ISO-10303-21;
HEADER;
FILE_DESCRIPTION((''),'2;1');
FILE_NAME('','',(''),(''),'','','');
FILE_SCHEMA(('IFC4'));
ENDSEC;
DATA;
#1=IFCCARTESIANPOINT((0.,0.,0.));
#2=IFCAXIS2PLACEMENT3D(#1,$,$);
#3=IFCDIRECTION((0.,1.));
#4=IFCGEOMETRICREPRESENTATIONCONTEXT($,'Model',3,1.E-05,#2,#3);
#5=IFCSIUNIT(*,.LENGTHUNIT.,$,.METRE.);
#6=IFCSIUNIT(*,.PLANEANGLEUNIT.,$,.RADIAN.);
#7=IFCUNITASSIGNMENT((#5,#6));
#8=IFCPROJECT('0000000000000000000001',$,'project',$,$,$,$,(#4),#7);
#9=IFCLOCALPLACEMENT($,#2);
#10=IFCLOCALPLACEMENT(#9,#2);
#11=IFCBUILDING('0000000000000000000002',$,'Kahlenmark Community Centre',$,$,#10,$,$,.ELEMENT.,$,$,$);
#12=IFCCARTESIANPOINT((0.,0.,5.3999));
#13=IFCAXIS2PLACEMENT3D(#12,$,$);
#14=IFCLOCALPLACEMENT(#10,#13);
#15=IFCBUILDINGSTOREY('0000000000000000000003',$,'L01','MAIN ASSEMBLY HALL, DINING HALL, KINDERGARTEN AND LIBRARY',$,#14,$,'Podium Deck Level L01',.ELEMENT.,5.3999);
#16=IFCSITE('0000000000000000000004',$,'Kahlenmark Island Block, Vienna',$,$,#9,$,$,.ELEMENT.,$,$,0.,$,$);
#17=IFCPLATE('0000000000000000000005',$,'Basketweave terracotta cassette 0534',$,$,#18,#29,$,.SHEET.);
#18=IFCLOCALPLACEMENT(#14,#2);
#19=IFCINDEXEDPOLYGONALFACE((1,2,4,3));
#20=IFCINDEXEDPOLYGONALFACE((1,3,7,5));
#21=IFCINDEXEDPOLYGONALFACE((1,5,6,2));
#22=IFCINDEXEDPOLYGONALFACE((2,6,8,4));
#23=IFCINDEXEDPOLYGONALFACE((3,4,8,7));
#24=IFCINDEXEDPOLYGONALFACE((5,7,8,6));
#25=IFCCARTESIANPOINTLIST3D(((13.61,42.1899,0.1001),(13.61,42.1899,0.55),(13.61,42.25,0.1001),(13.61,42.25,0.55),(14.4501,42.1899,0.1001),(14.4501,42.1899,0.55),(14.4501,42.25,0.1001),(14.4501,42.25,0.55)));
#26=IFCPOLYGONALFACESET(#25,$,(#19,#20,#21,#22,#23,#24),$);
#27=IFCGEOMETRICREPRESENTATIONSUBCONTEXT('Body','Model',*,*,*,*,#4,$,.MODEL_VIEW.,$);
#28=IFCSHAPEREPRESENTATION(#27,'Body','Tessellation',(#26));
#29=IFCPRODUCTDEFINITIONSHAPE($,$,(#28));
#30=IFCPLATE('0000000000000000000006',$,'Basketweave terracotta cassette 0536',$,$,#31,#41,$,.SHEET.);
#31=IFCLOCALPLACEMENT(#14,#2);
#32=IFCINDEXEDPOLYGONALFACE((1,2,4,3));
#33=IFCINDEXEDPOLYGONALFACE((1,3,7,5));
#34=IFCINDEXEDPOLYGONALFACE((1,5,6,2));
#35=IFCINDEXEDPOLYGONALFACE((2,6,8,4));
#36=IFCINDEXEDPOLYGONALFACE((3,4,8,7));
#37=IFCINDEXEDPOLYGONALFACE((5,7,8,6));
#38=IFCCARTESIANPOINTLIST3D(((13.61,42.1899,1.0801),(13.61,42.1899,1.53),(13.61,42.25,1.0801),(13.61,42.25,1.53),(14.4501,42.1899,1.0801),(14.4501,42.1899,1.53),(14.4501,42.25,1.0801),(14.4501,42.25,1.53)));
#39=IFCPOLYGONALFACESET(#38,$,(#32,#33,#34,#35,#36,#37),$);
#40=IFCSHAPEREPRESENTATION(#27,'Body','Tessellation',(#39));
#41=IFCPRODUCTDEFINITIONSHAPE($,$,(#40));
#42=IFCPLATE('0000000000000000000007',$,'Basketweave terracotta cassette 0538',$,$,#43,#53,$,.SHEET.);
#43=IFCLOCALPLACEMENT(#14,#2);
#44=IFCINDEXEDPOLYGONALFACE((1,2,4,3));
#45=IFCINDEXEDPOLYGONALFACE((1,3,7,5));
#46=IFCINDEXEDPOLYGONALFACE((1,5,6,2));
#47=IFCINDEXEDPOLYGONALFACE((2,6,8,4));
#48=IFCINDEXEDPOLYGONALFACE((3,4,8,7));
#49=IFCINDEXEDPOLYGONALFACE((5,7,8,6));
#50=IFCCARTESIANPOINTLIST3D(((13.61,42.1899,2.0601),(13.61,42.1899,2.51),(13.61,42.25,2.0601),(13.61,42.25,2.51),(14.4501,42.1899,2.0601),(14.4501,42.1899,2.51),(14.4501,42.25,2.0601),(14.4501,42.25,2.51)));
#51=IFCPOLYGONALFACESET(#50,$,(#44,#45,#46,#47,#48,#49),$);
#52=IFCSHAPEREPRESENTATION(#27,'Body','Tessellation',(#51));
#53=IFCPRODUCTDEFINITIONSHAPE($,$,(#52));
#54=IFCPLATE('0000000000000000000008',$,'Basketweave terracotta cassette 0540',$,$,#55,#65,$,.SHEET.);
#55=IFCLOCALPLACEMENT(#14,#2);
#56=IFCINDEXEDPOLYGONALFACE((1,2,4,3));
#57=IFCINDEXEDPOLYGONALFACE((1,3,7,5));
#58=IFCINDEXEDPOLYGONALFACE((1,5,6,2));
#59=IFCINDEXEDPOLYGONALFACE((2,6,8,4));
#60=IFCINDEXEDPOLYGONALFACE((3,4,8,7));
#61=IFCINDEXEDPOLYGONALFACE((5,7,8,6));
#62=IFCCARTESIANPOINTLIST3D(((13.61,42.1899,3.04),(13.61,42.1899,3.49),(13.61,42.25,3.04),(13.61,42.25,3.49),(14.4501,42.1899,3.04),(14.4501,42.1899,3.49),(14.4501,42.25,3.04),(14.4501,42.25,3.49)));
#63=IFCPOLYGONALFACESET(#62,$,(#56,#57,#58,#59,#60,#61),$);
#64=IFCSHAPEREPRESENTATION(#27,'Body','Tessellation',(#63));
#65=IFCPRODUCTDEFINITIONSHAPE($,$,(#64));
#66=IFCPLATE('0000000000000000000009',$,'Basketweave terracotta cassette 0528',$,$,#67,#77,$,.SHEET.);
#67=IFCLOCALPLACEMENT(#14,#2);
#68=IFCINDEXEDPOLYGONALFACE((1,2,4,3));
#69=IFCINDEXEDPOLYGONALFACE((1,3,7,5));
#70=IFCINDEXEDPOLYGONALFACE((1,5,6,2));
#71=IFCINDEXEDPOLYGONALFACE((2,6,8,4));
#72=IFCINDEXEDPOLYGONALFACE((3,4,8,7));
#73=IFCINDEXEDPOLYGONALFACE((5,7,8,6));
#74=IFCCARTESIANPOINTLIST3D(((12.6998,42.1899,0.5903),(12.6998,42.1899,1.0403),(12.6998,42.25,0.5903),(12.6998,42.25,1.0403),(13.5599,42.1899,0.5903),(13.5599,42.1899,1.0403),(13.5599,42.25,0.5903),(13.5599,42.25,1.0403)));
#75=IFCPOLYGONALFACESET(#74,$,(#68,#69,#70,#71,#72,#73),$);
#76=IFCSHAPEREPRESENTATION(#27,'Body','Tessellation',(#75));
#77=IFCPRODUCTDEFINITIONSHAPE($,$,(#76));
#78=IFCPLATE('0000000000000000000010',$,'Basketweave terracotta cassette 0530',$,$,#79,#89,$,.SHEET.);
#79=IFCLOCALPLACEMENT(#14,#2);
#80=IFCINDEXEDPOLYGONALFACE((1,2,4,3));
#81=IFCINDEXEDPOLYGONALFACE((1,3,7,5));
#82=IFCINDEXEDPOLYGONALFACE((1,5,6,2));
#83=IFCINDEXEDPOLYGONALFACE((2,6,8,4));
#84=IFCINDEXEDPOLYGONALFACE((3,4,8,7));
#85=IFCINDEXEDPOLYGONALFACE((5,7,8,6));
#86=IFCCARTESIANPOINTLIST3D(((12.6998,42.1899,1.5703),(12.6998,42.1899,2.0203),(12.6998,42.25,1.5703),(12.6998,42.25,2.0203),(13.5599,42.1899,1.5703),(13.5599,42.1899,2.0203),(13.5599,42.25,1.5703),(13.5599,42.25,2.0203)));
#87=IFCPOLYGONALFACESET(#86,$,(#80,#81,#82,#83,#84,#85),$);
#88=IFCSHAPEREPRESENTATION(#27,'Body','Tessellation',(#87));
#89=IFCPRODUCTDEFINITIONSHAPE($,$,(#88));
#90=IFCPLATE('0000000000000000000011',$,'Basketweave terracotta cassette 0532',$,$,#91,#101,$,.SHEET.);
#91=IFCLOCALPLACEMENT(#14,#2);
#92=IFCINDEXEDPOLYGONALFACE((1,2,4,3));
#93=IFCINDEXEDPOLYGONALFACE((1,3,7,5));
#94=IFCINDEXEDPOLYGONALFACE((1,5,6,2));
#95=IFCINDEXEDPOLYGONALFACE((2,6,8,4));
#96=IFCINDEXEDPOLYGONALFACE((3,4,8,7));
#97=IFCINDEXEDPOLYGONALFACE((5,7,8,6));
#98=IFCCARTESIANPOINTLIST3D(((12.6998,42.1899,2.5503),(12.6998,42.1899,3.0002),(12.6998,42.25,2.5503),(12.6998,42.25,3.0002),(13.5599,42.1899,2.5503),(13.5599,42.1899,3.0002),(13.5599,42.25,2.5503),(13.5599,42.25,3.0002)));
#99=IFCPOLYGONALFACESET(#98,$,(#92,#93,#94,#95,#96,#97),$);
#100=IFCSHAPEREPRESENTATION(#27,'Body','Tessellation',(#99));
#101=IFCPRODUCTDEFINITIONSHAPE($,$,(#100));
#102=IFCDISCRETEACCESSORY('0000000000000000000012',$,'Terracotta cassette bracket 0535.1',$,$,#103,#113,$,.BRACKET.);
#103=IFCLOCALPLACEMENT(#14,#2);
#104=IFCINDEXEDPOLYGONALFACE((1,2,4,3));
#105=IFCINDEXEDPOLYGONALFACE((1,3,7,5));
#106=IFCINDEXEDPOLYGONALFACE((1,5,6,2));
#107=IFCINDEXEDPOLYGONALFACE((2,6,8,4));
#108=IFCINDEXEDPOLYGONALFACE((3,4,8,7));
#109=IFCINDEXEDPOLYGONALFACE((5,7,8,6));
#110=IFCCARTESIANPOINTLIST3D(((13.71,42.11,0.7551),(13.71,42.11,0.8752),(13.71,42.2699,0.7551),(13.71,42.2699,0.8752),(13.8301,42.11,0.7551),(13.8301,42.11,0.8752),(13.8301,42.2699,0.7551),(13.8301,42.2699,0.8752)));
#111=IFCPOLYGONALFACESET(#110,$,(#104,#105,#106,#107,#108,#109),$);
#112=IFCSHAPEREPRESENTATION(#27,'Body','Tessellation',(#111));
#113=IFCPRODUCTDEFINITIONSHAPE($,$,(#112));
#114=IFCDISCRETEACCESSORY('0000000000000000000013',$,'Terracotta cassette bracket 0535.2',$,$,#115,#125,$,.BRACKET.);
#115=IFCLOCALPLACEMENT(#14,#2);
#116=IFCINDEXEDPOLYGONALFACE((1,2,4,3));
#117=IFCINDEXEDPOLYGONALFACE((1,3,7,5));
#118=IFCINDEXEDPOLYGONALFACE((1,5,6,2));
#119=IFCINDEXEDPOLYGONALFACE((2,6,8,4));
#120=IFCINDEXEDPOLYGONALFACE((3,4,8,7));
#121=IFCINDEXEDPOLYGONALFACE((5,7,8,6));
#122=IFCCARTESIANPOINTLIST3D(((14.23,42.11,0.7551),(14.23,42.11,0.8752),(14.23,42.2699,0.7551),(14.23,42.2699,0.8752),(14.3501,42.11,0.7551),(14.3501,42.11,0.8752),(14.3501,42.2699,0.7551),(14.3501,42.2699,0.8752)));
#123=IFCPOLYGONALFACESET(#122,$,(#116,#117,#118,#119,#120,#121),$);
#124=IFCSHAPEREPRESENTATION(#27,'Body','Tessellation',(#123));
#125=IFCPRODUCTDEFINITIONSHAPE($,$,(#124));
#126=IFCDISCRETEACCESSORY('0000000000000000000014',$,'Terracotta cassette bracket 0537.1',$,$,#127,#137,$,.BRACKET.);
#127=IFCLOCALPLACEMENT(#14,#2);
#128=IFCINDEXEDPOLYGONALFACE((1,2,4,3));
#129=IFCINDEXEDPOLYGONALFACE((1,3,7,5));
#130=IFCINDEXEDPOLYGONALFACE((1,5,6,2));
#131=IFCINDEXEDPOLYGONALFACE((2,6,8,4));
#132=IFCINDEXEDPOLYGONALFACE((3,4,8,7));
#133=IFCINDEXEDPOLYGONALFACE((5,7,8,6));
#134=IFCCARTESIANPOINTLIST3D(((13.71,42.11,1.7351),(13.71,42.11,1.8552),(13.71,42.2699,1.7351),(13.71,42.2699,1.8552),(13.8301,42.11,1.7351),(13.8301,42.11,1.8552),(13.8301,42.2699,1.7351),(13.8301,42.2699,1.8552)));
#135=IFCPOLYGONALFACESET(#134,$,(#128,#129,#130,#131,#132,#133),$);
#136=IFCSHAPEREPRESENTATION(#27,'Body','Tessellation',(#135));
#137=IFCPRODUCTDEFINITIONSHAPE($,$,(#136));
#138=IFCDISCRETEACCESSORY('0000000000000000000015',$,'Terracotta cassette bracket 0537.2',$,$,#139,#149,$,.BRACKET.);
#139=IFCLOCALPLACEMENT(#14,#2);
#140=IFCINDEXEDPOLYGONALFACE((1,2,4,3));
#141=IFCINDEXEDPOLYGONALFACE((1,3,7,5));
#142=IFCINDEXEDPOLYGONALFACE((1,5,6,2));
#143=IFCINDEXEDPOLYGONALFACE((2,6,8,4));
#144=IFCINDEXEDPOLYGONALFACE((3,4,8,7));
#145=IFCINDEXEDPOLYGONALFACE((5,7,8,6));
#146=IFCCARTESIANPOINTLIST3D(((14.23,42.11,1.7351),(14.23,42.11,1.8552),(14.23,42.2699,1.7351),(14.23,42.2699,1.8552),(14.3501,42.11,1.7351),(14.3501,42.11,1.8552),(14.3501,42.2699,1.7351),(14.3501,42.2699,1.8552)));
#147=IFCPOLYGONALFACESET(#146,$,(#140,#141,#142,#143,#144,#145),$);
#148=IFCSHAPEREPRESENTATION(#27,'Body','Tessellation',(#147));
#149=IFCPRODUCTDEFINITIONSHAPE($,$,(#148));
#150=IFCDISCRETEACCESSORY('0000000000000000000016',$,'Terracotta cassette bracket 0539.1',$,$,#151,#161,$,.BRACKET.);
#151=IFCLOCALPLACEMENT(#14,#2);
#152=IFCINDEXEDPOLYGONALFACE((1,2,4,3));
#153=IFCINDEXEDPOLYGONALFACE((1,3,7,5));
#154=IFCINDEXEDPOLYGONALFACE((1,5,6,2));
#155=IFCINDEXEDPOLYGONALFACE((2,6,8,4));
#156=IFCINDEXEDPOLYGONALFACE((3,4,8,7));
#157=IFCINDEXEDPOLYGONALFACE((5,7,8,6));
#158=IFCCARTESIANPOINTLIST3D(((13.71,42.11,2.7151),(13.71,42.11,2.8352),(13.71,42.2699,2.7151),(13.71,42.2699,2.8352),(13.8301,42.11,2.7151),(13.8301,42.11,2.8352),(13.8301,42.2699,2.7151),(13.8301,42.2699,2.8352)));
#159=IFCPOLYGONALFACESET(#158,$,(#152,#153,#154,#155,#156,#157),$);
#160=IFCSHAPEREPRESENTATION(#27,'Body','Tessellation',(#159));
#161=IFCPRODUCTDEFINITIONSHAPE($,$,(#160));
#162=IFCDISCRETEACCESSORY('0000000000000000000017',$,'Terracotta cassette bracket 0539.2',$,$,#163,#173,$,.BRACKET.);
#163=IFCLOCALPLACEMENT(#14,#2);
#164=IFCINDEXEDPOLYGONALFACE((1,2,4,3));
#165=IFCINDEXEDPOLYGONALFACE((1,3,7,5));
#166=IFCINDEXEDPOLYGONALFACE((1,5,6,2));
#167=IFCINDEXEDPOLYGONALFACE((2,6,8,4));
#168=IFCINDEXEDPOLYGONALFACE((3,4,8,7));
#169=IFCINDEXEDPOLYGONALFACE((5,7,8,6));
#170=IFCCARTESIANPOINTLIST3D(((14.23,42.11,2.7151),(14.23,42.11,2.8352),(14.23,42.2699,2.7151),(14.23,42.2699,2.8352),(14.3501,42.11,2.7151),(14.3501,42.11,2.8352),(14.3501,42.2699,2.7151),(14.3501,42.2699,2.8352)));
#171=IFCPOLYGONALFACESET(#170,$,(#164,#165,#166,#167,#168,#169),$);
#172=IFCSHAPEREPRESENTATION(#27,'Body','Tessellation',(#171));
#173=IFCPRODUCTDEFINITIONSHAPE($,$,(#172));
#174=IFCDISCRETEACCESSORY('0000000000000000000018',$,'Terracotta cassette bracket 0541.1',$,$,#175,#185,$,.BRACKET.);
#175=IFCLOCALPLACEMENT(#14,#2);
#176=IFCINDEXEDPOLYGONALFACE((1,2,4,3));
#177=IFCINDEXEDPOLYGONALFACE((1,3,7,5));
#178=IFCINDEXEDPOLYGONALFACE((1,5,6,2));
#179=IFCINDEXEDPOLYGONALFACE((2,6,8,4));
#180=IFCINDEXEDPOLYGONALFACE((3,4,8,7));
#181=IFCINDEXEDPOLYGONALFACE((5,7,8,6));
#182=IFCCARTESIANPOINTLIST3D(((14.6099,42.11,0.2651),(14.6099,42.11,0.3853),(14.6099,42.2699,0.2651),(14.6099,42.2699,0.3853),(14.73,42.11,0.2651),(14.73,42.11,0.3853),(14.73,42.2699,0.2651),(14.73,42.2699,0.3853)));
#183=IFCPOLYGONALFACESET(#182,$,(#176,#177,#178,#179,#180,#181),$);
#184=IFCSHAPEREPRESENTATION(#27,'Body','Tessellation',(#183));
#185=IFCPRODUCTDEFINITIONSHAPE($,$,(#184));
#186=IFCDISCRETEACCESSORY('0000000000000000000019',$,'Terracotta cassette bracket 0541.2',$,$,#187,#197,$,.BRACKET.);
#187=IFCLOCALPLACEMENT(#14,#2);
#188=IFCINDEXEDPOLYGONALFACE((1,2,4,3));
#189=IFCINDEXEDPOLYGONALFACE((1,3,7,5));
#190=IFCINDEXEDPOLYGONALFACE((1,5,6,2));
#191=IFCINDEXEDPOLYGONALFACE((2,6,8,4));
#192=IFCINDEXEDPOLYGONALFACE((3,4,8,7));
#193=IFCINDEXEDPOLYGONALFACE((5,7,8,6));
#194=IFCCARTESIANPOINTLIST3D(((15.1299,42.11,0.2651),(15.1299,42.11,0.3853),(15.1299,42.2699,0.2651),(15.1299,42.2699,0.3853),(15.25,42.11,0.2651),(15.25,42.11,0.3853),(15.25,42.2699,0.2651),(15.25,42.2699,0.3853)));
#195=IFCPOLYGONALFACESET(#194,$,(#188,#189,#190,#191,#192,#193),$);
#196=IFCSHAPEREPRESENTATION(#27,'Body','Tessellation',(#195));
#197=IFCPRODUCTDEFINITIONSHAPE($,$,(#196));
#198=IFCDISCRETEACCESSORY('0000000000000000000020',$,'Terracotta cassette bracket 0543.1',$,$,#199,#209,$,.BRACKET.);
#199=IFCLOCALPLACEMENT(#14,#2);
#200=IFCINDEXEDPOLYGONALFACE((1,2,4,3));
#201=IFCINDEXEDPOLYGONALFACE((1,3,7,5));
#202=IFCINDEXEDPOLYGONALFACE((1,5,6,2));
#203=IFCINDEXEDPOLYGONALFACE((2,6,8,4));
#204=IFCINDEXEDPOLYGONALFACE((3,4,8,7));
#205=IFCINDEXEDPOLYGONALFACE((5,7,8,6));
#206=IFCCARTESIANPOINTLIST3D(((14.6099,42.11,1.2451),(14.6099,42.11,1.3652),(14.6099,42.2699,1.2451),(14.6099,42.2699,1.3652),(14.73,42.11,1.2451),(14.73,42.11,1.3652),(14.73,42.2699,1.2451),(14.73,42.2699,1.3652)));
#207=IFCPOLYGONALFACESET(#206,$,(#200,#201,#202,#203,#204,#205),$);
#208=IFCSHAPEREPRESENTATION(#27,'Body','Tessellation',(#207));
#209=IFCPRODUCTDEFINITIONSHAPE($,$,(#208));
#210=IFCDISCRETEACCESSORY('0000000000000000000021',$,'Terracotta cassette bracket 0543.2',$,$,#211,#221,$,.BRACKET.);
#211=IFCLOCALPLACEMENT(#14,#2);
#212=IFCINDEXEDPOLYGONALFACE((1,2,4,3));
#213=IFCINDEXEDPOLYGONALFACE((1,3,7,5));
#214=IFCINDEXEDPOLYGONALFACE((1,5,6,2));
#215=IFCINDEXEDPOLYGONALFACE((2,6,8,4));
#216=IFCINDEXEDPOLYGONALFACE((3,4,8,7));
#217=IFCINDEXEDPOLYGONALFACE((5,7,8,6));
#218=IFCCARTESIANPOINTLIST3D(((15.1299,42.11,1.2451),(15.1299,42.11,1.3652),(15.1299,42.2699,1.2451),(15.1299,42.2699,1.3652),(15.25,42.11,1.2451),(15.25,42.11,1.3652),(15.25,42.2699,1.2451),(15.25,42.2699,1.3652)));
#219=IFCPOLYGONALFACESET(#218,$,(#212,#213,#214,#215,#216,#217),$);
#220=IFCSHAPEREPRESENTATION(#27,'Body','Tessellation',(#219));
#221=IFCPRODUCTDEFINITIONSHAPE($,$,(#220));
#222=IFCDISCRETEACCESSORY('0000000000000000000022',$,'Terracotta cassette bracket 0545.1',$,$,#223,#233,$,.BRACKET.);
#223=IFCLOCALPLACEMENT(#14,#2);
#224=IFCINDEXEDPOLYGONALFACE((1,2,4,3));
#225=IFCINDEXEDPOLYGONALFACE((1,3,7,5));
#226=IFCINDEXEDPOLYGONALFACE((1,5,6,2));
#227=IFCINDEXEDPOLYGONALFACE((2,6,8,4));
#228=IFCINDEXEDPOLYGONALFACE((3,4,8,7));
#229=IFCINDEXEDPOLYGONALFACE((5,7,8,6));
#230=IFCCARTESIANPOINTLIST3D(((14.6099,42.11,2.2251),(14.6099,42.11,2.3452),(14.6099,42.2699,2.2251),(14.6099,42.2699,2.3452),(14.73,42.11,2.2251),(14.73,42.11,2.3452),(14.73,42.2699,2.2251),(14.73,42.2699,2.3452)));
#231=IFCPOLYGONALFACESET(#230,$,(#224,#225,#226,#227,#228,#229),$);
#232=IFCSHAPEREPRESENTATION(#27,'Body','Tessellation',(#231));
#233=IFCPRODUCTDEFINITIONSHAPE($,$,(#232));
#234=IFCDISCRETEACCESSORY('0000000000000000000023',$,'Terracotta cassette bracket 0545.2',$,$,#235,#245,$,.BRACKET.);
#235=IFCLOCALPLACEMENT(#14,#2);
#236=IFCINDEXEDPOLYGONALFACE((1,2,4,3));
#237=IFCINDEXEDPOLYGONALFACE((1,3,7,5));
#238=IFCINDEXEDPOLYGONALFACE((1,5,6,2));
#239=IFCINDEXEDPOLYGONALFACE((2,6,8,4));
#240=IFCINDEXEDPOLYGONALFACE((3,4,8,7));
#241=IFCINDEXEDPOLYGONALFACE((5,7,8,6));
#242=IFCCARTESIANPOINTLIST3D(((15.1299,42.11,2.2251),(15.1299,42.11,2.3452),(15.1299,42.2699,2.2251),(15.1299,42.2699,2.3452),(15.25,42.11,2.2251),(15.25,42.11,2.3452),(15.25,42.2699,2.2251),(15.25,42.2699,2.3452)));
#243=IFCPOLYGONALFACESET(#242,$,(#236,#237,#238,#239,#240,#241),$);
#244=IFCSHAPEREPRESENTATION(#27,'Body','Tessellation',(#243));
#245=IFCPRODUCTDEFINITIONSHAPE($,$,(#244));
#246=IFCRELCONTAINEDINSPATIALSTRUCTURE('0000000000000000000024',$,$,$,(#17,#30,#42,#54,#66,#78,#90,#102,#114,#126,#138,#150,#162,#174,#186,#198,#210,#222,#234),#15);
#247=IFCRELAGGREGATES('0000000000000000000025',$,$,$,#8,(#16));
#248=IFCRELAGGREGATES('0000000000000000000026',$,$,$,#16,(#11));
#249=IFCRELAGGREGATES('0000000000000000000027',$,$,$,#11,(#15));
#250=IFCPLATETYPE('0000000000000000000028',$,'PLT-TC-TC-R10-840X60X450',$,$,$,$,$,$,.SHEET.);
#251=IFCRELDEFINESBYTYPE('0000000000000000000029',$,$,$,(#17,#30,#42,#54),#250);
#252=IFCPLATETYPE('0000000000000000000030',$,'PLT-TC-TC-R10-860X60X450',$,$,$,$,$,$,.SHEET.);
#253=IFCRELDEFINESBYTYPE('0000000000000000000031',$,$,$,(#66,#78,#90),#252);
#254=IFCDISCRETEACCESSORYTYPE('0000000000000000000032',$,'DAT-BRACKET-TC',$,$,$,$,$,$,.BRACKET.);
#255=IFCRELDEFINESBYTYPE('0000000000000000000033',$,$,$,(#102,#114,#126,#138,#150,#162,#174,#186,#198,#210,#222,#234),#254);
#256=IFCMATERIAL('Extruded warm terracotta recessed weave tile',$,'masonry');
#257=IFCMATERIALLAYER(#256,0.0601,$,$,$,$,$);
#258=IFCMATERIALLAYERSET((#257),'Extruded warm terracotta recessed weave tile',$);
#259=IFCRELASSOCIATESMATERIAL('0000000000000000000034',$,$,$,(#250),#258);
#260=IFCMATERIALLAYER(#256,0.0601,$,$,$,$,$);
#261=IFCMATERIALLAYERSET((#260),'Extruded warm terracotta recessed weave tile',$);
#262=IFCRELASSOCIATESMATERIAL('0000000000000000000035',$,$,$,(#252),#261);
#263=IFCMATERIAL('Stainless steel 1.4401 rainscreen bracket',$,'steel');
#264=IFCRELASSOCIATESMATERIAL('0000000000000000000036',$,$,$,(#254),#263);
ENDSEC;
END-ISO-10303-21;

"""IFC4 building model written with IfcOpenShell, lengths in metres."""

from ifc_helpers import new_model, si_unit, direction, frame, origin, origin_2d, place, context, subcontext, project, spatial, rectangle, extrude, material, layer, layer_set, type_object, element, save


model = new_model("IFC4")

# Units and contexts
model_context = context("Model", 3, precision=1e-05, world=origin(), true_north=direction((0.0, 1.0)))
body_context = subcontext(model_context, "Body", "Model", "MODEL_VIEW")
ifc_project = project(units=[si_unit("LENGTHUNIT", "METRE"), si_unit("PLANEANGLEUNIT", "RADIAN")], contexts=[model_context])

# Site, building, storey
site_placement = place(None, origin())
site = spatial("IfcSite", under=ifc_project, at=site_placement, Name="Kahlenmark Island Block, Vienna", CompositionType="ELEMENT", RefElevation=0.0)
building_placement = place(site_placement, origin())
building = spatial("IfcBuilding", under=site, at=building_placement, Name="Kahlenmark Community Centre", CompositionType="ELEMENT")
storey_placement = place(building_placement, frame((0.0, 0.0, 5.3999)))
storey = spatial("IfcBuildingStorey", under=building, at=storey_placement, Name="L01", Description="MAIN ASSEMBLY HALL, DINING HALL, KINDERGARTEN AND LIBRARY", LongName="Podium Deck Level L01", CompositionType="ELEMENT", Elevation=5.3999)

# Plates
ifc_material_1 = material(Name="Extruded warm terracotta recessed weave tile", Category="masonry")
ifc_layer_1 = layer(ifc_material_1, 0.0601)
ifc_layer_set_1 = layer_set([ifc_layer_1], Name="Extruded warm terracotta recessed weave tile")
plate_type_1 = type_object("IfcPlateType", Name="PLT-TC-TC-R10-840X60X450", PredefinedType="SHEET", material=ifc_layer_set_1)
for number, where, z_axis, x_axis, name in (
    (1, (14.03, 42.22, 0.1001), (0.0, 0.0, 1.0), (1.0, 0.0, 0.0), "Basketweave terracotta cassette 0534"),
    (2, (14.03, 42.22, 1.0801), (0.0, 0.0, 1.0), (1.0, 0.0, 0.0), "Basketweave terracotta cassette 0536"),
    (3, (14.03, 42.22, 2.0601), (0.0, 0.0, 1.0), (1.0, 0.0, 0.0), "Basketweave terracotta cassette 0538"),
    (4, (14.03, 42.22, 3.04), (0.0, 0.0, 1.0), (1.0, 0.0, 0.0), "Basketweave terracotta cassette 0540"),
):
    element("IfcPlate", number, at=place(storey_placement, frame(where, z_axis=z_axis, x_axis=x_axis)), inside=storey, type_object=plate_type_1, Name=name, PredefinedType="SHEET", context=body_context, shape_type="SweptSolid", body=[
        extrude(rectangle(XDim=0.8401, YDim=0.0601, at=origin_2d()), origin(), (0.0, 0.0, 1.0), 0.45),
    ])
ifc_layer_2 = layer(ifc_material_1, 0.0601)
ifc_layer_set_2 = layer_set([ifc_layer_2], Name="Extruded warm terracotta recessed weave tile")
plate_type_2 = type_object("IfcPlateType", Name="PLT-TC-TC-R10-860X60X450", PredefinedType="SHEET", material=ifc_layer_set_2)
for number, where, z_axis, x_axis, name in (
    (5, (13.1299, 42.22, 0.5903), (0.0, 0.0, 1.0), (1.0, 0.0, 0.0), "Basketweave terracotta cassette 0528"),
    (6, (13.1299, 42.22, 1.5703), (0.0, 0.0, 1.0), (1.0, 0.0, 0.0), "Basketweave terracotta cassette 0530"),
    (7, (13.1299, 42.22, 2.5503), (0.0, 0.0, 1.0), (1.0, 0.0, 0.0), "Basketweave terracotta cassette 0532"),
):
    element("IfcPlate", number, at=place(storey_placement, frame(where, z_axis=z_axis, x_axis=x_axis)), inside=storey, type_object=plate_type_2, Name=name, PredefinedType="SHEET", context=body_context, shape_type="SweptSolid", body=[
        extrude(rectangle(XDim=0.8601, YDim=0.0601, at=origin_2d()), origin(), (0.0, 0.0, 1.0), 0.45),
    ])

# Discrete accessories
ifc_material_2 = material(Name="Stainless steel 1.4401 rainscreen bracket", Category="steel")
discrete_accessory_type = type_object("IfcDiscreteAccessoryType", Name="DAT-BRACKET-TC", PredefinedType="BRACKET", material=ifc_material_2)
for number, where, z_axis, x_axis, name in (
    (8, (13.77, 42.1899, 0.7551), (0.0, 0.0, 1.0), (1.0, 0.0, 0.0), "Terracotta cassette bracket 0535.1"),
    (9, (14.29, 42.1899, 0.7551), (0.0, 0.0, 1.0), (1.0, 0.0, 0.0), "Terracotta cassette bracket 0535.2"),
    (10, (13.77, 42.1899, 1.7351), (0.0, 0.0, 1.0), (1.0, 0.0, 0.0), "Terracotta cassette bracket 0537.1"),
    (11, (14.29, 42.1899, 1.7351), (0.0, 0.0, 1.0), (1.0, 0.0, 0.0), "Terracotta cassette bracket 0537.2"),
    (12, (13.77, 42.1899, 2.7151), (0.0, 0.0, 1.0), (1.0, 0.0, 0.0), "Terracotta cassette bracket 0539.1"),
    (13, (14.29, 42.1899, 2.7151), (0.0, 0.0, 1.0), (1.0, 0.0, 0.0), "Terracotta cassette bracket 0539.2"),
    (14, (14.6699, 42.1899, 0.2651), (0.0, 0.0, 1.0), (1.0, 0.0, 0.0), "Terracotta cassette bracket 0541.1"),
    (15, (15.1899, 42.1899, 0.2651), (0.0, 0.0, 1.0), (1.0, 0.0, 0.0), "Terracotta cassette bracket 0541.2"),
    (16, (14.6699, 42.1899, 1.2451), (0.0, 0.0, 1.0), (1.0, 0.0, 0.0), "Terracotta cassette bracket 0543.1"),
    (17, (15.1899, 42.1899, 1.2451), (0.0, 0.0, 1.0), (1.0, 0.0, 0.0), "Terracotta cassette bracket 0543.2"),
    (18, (14.6699, 42.1899, 2.2251), (0.0, 0.0, 1.0), (1.0, 0.0, 0.0), "Terracotta cassette bracket 0545.1"),
    (19, (15.1899, 42.1899, 2.2251), (0.0, 0.0, 1.0), (1.0, 0.0, 0.0), "Terracotta cassette bracket 0545.2"),
):
    element("IfcDiscreteAccessory", number, at=place(storey_placement, frame(where, z_axis=z_axis, x_axis=x_axis)), inside=storey, type_object=discrete_accessory_type, Name=name, PredefinedType="BRACKET", context=body_context, shape_type="SweptSolid", body=[
        extrude(rectangle(XDim=0.1201, YDim=0.1599, at=origin_2d()), origin(), (0.0, 0.0, 1.0), 0.1201),
    ])

save(model, "model.ifc")
